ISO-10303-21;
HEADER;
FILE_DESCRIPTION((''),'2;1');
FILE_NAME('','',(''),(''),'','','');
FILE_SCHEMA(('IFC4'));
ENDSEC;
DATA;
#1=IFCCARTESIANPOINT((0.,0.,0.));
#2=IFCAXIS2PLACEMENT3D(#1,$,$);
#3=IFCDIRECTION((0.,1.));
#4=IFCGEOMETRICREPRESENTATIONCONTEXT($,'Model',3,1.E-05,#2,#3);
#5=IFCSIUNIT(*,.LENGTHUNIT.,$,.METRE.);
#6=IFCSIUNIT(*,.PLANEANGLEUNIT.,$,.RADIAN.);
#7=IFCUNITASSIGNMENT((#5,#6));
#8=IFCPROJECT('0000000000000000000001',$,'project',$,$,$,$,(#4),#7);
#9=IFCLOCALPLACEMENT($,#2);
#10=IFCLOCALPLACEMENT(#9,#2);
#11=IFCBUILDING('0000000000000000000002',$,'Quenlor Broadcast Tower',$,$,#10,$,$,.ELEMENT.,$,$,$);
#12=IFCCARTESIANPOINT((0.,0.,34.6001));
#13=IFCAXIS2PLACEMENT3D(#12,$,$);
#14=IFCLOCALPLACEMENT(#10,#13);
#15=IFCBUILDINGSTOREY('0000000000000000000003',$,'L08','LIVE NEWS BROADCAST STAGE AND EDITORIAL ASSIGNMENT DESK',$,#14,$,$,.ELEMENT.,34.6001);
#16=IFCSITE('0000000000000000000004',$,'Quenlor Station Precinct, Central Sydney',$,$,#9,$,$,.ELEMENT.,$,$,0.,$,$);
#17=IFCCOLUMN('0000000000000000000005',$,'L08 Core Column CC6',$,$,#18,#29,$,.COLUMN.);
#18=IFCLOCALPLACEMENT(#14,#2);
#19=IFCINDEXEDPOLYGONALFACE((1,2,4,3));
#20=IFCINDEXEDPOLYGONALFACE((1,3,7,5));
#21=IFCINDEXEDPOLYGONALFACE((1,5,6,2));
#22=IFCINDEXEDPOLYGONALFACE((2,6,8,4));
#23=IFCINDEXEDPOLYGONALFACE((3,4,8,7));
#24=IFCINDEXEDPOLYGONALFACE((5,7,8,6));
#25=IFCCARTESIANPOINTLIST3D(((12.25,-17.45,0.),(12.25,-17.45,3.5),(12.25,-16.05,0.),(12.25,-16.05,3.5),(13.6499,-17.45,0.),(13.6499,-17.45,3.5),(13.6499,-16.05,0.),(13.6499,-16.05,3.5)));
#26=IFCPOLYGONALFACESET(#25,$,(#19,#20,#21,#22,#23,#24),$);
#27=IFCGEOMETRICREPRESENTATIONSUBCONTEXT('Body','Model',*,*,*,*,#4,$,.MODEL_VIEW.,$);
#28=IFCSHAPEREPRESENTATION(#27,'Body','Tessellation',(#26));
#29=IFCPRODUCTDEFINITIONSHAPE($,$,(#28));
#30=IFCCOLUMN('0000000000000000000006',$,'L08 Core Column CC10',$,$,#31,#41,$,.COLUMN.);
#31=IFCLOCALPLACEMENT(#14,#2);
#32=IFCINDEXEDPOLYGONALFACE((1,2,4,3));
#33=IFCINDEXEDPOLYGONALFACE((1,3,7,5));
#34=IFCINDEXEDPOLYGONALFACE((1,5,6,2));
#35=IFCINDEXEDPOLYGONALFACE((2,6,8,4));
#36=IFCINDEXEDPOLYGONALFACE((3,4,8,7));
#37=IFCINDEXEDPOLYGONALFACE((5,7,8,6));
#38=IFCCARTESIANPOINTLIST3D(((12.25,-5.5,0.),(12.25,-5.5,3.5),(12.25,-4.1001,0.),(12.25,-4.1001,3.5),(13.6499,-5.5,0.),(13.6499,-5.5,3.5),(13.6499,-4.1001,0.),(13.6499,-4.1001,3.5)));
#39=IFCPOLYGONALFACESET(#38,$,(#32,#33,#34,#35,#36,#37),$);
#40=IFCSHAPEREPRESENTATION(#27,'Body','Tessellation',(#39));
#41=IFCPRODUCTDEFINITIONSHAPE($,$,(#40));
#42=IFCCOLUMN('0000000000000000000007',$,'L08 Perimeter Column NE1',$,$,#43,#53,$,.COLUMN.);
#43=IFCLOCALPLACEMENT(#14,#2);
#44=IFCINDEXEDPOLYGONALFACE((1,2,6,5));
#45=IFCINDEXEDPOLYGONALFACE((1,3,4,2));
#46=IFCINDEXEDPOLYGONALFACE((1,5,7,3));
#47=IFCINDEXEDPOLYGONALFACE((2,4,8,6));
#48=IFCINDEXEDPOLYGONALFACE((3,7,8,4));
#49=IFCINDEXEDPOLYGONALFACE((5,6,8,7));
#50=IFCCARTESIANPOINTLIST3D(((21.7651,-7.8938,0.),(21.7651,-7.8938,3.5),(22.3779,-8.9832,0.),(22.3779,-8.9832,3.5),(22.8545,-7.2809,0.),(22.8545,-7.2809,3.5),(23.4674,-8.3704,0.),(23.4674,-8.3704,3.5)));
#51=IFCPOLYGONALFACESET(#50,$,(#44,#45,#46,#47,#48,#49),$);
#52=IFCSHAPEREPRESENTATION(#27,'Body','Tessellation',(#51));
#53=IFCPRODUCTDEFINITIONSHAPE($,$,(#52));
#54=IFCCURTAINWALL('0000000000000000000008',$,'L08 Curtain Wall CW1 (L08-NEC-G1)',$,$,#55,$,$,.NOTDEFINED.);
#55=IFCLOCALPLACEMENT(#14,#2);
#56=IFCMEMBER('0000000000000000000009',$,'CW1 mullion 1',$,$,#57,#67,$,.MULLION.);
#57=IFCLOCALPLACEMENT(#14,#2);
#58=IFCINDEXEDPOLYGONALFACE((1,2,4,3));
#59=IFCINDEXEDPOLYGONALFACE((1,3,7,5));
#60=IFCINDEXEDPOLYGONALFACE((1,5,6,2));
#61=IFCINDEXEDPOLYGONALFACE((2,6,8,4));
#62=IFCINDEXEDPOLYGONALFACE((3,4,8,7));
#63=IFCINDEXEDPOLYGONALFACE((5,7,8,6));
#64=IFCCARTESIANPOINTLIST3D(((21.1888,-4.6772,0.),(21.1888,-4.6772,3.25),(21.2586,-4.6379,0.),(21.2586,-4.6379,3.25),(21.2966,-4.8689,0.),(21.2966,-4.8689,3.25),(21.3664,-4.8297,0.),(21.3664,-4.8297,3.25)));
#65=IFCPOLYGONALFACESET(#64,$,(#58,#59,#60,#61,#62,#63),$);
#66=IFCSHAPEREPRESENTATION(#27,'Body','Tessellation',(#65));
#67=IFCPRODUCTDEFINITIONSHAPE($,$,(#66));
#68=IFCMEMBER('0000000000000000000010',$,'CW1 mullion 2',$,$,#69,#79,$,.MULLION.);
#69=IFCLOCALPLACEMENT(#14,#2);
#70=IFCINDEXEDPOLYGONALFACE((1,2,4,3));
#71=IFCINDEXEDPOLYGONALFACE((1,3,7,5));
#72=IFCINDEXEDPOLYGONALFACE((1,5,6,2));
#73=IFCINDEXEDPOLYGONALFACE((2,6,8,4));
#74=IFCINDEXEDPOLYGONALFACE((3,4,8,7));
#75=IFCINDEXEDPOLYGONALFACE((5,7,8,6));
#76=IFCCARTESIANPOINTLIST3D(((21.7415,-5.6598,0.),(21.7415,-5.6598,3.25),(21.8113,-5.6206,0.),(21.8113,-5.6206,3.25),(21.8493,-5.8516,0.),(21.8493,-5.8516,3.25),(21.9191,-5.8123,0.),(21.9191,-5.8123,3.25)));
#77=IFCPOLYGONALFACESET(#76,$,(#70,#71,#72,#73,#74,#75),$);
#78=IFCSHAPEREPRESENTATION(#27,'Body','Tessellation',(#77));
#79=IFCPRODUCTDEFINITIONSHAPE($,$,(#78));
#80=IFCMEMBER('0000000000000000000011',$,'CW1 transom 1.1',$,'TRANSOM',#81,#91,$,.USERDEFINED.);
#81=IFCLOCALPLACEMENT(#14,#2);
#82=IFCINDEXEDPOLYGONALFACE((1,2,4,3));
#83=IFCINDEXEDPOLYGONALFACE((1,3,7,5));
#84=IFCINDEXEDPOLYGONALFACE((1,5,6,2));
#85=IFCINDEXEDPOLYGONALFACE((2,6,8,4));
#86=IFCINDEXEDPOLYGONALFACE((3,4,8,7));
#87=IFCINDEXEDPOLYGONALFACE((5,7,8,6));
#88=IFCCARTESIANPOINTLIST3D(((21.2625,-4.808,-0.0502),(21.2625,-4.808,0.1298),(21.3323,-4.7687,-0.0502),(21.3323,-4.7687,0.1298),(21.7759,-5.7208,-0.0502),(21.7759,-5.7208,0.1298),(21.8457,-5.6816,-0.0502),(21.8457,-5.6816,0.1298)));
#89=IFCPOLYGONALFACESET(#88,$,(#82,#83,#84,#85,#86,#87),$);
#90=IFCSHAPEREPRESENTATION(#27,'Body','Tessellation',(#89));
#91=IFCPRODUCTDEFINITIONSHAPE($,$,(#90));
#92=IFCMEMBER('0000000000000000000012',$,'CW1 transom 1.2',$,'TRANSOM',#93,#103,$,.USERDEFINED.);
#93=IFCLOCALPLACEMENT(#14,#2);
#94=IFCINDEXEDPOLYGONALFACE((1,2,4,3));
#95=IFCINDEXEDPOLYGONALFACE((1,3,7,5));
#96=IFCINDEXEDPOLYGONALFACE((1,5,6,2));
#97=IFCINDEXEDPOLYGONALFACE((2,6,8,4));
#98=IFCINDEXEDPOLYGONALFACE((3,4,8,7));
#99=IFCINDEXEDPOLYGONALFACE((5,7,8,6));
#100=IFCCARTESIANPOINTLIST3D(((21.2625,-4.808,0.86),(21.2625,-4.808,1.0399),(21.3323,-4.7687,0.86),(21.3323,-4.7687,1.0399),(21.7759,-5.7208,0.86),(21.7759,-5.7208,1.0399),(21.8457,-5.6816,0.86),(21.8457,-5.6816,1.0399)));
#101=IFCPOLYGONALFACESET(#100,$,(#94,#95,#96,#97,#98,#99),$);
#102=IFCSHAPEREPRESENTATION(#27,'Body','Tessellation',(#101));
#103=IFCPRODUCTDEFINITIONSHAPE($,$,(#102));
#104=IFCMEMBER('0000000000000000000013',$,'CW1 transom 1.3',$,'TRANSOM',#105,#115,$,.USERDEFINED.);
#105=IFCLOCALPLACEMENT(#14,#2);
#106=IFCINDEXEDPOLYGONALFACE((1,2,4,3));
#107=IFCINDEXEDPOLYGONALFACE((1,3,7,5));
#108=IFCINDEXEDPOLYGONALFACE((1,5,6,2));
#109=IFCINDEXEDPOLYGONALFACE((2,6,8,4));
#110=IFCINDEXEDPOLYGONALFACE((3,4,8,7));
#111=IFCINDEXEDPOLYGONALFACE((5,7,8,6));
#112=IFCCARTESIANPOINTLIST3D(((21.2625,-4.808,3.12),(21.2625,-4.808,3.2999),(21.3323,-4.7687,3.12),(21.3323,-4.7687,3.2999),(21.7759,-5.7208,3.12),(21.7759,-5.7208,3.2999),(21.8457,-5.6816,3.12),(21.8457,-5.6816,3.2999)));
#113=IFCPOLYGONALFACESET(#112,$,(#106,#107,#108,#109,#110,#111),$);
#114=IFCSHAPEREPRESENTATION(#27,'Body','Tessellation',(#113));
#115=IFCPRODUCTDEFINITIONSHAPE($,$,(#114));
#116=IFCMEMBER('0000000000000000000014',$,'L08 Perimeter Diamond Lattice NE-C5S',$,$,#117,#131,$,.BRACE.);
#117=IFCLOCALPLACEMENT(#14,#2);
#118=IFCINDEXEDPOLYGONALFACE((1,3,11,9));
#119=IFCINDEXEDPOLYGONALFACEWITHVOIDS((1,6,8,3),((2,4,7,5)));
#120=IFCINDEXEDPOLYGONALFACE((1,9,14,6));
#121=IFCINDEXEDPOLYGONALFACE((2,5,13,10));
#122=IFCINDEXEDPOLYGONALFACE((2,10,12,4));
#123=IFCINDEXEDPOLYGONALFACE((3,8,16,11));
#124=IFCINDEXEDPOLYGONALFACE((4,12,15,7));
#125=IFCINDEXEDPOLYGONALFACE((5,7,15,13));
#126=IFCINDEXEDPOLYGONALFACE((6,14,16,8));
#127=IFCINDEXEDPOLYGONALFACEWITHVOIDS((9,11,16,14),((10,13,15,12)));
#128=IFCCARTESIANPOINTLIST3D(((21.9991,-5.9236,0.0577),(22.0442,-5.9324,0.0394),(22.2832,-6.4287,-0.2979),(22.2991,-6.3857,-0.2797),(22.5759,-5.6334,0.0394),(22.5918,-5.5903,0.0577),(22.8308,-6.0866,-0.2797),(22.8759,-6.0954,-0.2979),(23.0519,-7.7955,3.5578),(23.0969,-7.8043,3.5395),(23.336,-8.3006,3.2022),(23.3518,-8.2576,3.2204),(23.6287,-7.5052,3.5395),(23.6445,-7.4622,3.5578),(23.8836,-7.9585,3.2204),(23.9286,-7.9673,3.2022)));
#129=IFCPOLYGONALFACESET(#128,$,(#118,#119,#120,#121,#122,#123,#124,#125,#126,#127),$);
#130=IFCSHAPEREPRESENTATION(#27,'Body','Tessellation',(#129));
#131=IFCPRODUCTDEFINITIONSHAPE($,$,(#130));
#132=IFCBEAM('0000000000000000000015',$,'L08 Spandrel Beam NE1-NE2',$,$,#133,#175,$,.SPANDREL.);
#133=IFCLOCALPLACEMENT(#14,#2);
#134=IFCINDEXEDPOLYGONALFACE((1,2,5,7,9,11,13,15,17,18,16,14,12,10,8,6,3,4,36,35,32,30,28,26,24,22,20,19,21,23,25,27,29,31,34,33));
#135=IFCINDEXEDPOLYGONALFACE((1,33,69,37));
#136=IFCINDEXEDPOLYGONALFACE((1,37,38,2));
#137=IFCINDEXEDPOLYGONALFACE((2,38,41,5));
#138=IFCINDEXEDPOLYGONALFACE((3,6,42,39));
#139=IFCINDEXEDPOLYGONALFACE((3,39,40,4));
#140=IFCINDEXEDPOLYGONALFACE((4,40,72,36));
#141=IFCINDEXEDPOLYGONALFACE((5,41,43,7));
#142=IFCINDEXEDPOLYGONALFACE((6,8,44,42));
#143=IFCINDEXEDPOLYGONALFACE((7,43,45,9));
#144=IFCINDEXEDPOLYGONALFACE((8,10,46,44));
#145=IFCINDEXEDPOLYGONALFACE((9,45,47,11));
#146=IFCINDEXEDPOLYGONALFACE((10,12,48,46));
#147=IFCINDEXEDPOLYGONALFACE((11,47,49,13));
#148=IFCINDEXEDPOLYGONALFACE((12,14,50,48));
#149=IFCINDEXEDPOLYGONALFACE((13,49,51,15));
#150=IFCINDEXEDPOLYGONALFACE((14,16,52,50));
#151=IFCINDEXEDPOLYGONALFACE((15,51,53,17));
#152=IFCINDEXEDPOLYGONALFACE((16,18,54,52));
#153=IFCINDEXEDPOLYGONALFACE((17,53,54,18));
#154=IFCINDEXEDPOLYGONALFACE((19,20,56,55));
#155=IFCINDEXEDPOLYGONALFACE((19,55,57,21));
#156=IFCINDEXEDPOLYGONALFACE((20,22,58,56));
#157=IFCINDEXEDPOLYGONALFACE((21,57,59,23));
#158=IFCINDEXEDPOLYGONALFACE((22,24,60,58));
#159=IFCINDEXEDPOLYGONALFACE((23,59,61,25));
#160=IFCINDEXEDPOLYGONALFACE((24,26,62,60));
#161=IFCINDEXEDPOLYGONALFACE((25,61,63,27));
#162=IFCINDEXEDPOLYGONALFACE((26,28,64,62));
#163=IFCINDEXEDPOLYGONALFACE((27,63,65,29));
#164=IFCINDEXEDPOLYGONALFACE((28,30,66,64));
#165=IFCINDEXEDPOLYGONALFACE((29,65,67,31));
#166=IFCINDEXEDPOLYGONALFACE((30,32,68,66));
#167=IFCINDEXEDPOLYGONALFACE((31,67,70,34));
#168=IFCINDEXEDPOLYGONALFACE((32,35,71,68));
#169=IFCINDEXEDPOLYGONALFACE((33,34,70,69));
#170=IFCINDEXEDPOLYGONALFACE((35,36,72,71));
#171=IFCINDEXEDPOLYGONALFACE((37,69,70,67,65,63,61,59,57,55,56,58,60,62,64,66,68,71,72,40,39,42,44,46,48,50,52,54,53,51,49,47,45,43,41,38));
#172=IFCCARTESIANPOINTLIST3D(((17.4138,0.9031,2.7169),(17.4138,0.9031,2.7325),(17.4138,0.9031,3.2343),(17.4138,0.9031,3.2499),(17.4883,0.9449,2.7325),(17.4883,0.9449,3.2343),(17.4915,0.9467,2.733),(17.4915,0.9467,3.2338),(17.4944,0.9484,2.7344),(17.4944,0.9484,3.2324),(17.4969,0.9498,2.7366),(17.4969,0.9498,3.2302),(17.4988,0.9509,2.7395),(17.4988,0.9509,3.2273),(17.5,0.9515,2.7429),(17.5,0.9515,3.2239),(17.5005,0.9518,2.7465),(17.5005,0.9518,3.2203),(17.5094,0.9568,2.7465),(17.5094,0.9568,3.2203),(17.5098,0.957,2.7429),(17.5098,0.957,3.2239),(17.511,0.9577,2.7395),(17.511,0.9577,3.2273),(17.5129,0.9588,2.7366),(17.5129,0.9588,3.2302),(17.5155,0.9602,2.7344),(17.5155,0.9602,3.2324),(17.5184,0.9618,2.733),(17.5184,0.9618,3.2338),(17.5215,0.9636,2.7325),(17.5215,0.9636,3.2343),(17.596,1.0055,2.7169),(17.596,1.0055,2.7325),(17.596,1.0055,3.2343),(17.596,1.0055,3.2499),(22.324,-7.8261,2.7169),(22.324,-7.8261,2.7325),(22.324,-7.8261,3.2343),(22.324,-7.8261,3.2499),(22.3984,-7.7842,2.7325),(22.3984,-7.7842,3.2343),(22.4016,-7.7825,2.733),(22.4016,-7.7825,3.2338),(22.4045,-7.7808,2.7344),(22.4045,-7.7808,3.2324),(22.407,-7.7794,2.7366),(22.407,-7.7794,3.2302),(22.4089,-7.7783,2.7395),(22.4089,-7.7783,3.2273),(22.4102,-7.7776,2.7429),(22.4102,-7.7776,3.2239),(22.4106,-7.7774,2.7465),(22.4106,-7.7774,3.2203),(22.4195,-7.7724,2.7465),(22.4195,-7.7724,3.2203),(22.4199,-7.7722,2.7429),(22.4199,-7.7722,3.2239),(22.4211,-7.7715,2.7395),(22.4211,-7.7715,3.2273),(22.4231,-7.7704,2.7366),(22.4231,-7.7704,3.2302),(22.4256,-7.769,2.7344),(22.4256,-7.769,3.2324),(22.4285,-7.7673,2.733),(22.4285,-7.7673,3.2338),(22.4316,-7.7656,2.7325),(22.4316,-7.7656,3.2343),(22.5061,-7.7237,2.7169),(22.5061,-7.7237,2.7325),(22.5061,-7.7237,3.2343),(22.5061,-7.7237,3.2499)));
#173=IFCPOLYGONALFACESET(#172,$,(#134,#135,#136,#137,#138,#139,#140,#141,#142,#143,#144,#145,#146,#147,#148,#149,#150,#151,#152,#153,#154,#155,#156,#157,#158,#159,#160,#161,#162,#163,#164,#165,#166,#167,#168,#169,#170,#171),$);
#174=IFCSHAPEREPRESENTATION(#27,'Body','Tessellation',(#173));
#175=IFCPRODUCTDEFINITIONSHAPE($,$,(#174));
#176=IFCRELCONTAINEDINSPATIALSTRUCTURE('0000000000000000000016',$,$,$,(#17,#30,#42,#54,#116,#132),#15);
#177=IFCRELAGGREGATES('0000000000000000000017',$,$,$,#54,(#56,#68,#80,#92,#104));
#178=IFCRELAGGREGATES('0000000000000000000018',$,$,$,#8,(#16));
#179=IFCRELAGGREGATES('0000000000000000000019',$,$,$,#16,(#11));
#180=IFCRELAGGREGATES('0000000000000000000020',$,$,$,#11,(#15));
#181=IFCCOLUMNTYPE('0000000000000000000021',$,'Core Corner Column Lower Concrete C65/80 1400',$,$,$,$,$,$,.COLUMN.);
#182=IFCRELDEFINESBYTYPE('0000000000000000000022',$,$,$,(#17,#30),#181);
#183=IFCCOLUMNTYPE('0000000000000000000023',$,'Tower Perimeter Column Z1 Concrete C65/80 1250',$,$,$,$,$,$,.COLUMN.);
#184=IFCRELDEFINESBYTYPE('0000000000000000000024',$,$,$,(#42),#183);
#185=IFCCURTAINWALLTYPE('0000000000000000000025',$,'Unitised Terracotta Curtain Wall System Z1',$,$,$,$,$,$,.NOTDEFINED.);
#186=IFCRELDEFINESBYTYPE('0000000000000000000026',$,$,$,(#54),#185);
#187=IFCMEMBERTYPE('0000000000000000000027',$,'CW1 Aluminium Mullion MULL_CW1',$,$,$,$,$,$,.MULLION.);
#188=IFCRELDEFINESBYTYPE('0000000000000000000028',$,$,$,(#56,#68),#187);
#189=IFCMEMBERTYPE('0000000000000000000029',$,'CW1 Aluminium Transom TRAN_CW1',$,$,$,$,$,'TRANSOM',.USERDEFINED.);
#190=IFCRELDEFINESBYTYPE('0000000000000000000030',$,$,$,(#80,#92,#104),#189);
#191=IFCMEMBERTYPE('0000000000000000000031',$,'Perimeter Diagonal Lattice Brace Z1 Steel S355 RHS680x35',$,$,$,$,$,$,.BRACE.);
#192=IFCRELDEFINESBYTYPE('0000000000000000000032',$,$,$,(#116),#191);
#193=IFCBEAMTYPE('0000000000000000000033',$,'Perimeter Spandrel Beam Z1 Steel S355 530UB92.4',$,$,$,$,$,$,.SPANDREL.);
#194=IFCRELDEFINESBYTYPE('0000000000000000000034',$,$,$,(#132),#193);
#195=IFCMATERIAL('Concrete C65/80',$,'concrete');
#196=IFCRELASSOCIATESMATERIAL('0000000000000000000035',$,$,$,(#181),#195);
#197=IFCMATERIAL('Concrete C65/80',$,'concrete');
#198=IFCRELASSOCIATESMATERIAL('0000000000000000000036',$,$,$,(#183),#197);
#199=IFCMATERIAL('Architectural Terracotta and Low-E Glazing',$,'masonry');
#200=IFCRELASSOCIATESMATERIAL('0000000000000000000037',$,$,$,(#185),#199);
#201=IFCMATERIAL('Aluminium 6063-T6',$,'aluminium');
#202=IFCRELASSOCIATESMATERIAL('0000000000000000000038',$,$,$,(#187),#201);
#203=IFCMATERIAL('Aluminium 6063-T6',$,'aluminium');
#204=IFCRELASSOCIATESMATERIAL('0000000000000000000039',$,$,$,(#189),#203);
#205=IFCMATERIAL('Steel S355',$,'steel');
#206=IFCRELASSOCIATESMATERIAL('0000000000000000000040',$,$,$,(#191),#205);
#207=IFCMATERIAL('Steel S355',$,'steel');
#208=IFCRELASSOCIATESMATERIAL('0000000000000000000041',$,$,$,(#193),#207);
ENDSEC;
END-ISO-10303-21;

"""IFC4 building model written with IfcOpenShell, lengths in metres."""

from ifc_helpers import new_model, si_unit, direction, frame, origin, origin_2d, place, context, subcontext, project, spatial, rectangle, hollow_rectangle, i_section, extrude, material, material_profile, profile_set, type_object, element, aggregate, save


model = new_model("IFC4")

# Units and contexts
model_context = context("Model", 3, precision=1e-05, world=origin(), true_north=direction((0.0, 1.0)))
body_context = subcontext(model_context, "Body", "Model", "MODEL_VIEW")
ifc_project = project(units=[si_unit("LENGTHUNIT", "METRE"), si_unit("PLANEANGLEUNIT", "RADIAN")], contexts=[model_context])

# Site, building, storey
site_placement = place(None, origin())
site = spatial("IfcSite", under=ifc_project, at=site_placement, Name="Quenlor Station Precinct, Central Sydney", CompositionType="ELEMENT", RefElevation=0.0)
building_placement = place(site_placement, origin())
building = spatial("IfcBuilding", under=site, at=building_placement, Name="Quenlor Broadcast Tower", CompositionType="ELEMENT")
storey_placement = place(building_placement, frame((0.0, 0.0, 34.6001)))
storey = spatial("IfcBuildingStorey", under=building, at=storey_placement, Name="L08", Description="LIVE NEWS BROADCAST STAGE AND EDITORIAL ASSIGNMENT DESK", CompositionType="ELEMENT", Elevation=34.6001)

# Columns
ifc_material_1 = material(Name="Concrete C65/80", Category="concrete")
ifc_material_profile_1 = material_profile(ifc_material_1, rectangle(XDim=1.3999, YDim=1.3999, at=origin_2d()))
ifc_profile_set_1 = profile_set([ifc_material_profile_1], Name="Concrete C65/80 RC1400x1400")
column_type_1 = type_object("IfcColumnType", Name="Core Corner Column Lower Concrete C65/80 1400", PredefinedType="COLUMN", material=ifc_profile_set_1)
for number, where, z_axis, x_axis, name in (
    (1, (12.95, -16.75, 0.0), (0.0, 0.0, 1.0), (1.0, 0.0, 0.0), "L08 Core Column CC6"),
    (2, (12.95, -4.8, 0.0), (0.0, 0.0, 1.0), (1.0, 0.0, 0.0), "L08 Core Column CC10"),
):
    element("IfcColumn", number, at=place(storey_placement, frame(where, z_axis=z_axis, x_axis=x_axis)), inside=storey, type_object=column_type_1, Name=name, PredefinedType="COLUMN", context=body_context, shape_type="SweptSolid", body=[
        extrude(rectangle(XDim=1.3999, YDim=1.3999, at=origin_2d()), origin(), (0.0, 0.0, 1.0), 3.5),
    ])
ifc_material_2 = material(Name="Concrete C65/80", Category="concrete")
ifc_material_profile_2 = material_profile(ifc_material_2, rectangle(XDim=1.25, YDim=1.25, at=origin_2d()))
ifc_profile_set_2 = profile_set([ifc_material_profile_2], Name="Concrete C65/80 RC1250x1250")
column_type_2 = type_object("IfcColumnType", Name="Tower Perimeter Column Z1 Concrete C65/80 1250", PredefinedType="COLUMN", material=ifc_profile_set_2)
column_placement = place(storey_placement, frame((22.6162, -8.1321, 0.0), z_axis=(0.0, 0.0, 1.0), x_axis=(0.871575, 0.490262, 0.0)))
element("IfcColumn", 3, at=column_placement, inside=storey, type_object=column_type_2, Name="L08 Perimeter Column NE1", PredefinedType="COLUMN", context=body_context, shape_type="SweptSolid", body=[
    extrude(rectangle(XDim=1.25, YDim=1.25, at=origin_2d()), origin(), (0.0, 0.0, 1.0), 3.5),
])

# Curtain wall, members
ifc_material_3 = material(Name="Architectural Terracotta and Low-E Glazing", Category="masonry")
curtain_wall_type = type_object("IfcCurtainWallType", Name="Unitised Terracotta Curtain Wall System Z1", PredefinedType="NOTDEFINED", material=ifc_material_3)
curtain_wall_placement = place(storey_placement, origin())
curtain_wall = element("IfcCurtainWall", 4, at=curtain_wall_placement, inside=storey, type_object=curtain_wall_type, Name="L08 Curtain Wall CW1 (L08-NEC-G1)", PredefinedType="NOTDEFINED")
ifc_material_4 = material(Name="Aluminium 6063-T6", Category="aluminium")
ifc_material_profile_3 = material_profile(ifc_material_4, rectangle(XDim=0.0801, YDim=0.22, at=origin_2d()))
ifc_profile_set_3 = profile_set([ifc_material_profile_3], Name="Aluminium 6063-T6 MULL80x220")
member_type_1 = type_object("IfcMemberType", Name="CW1 Aluminium Mullion MULL_CW1", PredefinedType="MULLION", material=ifc_profile_set_3)
member_1_placement = place(storey_placement, frame((21.2776, -4.7534, 0.0), z_axis=(0.0, 0.0, 1.0), x_axis=(0.871602, 0.490214, 0.0)))
member_1 = element("IfcMember", 5, at=member_1_placement, type_object=member_type_1, Name="CW1 mullion 1", PredefinedType="MULLION", context=body_context, shape_type="SweptSolid", body=[
    extrude(rectangle(XDim=0.0801, YDim=0.22, at=origin_2d()), origin(), (0.0, 0.0, 1.0), 3.25),
])
member_2_placement = place(storey_placement, frame((21.8303, -5.7361, 0.0), z_axis=(0.0, 0.0, 1.0), x_axis=(0.871602, 0.490214, 0.0)))
member_2 = element("IfcMember", 6, at=member_2_placement, type_object=member_type_1, Name="CW1 mullion 2", PredefinedType="MULLION", context=body_context, shape_type="SweptSolid", body=[
    extrude(rectangle(XDim=0.0801, YDim=0.22, at=origin_2d()), origin(), (0.0, 0.0, 1.0), 3.25),
])
ifc_material_5 = material(Name="Aluminium 6063-T6", Category="aluminium")
ifc_material_profile_4 = material_profile(ifc_material_5, rectangle(XDim=0.0801, YDim=0.1799, at=origin_2d()))
ifc_profile_set_4 = profile_set([ifc_material_profile_4], Name="Aluminium 6063-T6 TRAN80x180")
member_type_2 = type_object("IfcMemberType", Name="CW1 Aluminium Transom TRAN_CW1", ElementType="TRANSOM", PredefinedType="USERDEFINED", material=ifc_profile_set_4)
member_3_placement = place(storey_placement, frame((21.2974, -4.7883, 0.0398), z_axis=(0.490228, -0.871594, 0.0), x_axis=(0.871594, 0.490228, 0.0)))
member_3 = element("IfcMember", 7, at=member_3_placement, type_object=member_type_2, Name="CW1 transom 1.1", ObjectType="TRANSOM", PredefinedType="USERDEFINED", context=body_context, shape_type="SweptSolid", body=[
    extrude(rectangle(XDim=0.0801, YDim=0.1799, at=origin_2d()), origin(), (0.0, 0.0, 1.0), 1.0474),
])
member_4_placement = place(storey_placement, frame((21.2974, -4.7883, 0.95), z_axis=(0.490228, -0.871594, 0.0), x_axis=(0.871594, 0.490228, 0.0)))
member_4 = element("IfcMember", 8, at=member_4_placement, type_object=member_type_2, Name="CW1 transom 1.2", ObjectType="TRANSOM", PredefinedType="USERDEFINED", context=body_context, shape_type="SweptSolid", body=[
    extrude(rectangle(XDim=0.0801, YDim=0.1799, at=origin_2d()), origin(), (0.0, 0.0, 1.0), 1.0474),
])
member_5_placement = place(storey_placement, frame((21.2974, -4.7883, 3.21), z_axis=(0.490228, -0.871594, 0.0), x_axis=(0.871594, 0.490228, 0.0)))
member_5 = element("IfcMember", 9, at=member_5_placement, type_object=member_type_2, Name="CW1 transom 1.3", ObjectType="TRANSOM", PredefinedType="USERDEFINED", context=body_context, shape_type="SweptSolid", body=[
    extrude(rectangle(XDim=0.0801, YDim=0.1799, at=origin_2d()), origin(), (0.0, 0.0, 1.0), 1.0474),
])

# Member
ifc_material_6 = material(Name="Steel S355", Category="steel")
ifc_material_profile_5 = material_profile(ifc_material_6, hollow_rectangle(XDim=0.6799, YDim=0.6799, WallThickness=0.0349, at=origin_2d()))
ifc_profile_set_5 = profile_set([ifc_material_profile_5], Name="Steel S355 RHS680x680x35")
member_type_3 = type_object("IfcMemberType", Name="Perimeter Diagonal Lattice Brace Z1 Steel S355 RHS680x35", PredefinedType="BRACE", material=ifc_profile_set_5)
member_6_placement = place(storey_placement, frame((22.4375, -6.0095, -0.1201), z_axis=(0.256368, -0.455839, 0.852342), x_axis=(0.871609, 0.490202, 0.0)))
element("IfcMember", 10, at=member_6_placement, inside=storey, type_object=member_type_3, Name="L08 Perimeter Diamond Lattice NE-C5S", PredefinedType="BRACE", context=body_context, shape_type="SweptSolid", body=[
    extrude(hollow_rectangle(XDim=0.6799, YDim=0.6799, WallThickness=0.0349, at=origin_2d()), origin(), (0.0, 0.0, 1.0), 4.1064),
])

# Beam
ifc_material_7 = material(Name="Steel S355", Category="steel")
ifc_material_profile_6 = material_profile(ifc_material_7, i_section(OverallWidth=0.209, OverallDepth=0.533, WebThickness=0.0103, FlangeThickness=0.0156, FilletRadius=0.0139, at=origin_2d()))
ifc_profile_set_6 = profile_set([ifc_material_profile_6], Name="Steel S355 530UB92.4")
beam_type_1 = type_object("IfcBeamType", Name="Perimeter Spandrel Beam Z1 Steel S355 530UB92.4", PredefinedType="SPANDREL", material=ifc_profile_set_6)
beam_1_placement = place(storey_placement, frame((22.415, -7.7749, 2.9834), z_axis=(-0.490258, 0.871577, 0.0), x_axis=(-0.871577, -0.490258, 0.0)))
element("IfcBeam", 11, at=beam_1_placement, inside=storey, type_object=beam_type_1, Name="L08 Spandrel Beam NE1-NE2", PredefinedType="SPANDREL", context=body_context, shape_type="SweptSolid", body=[
    extrude(i_section(OverallWidth=0.209, OverallDepth=0.533, WebThickness=0.0103, FlangeThickness=0.0156, FilletRadius=0.0139, at=origin_2d()), origin(), (0.0, 0.0, 1.0), 10.0154),
])

aggregate(curtain_wall, [member_1, member_2, member_3, member_4, member_5])

save(model, "model.ifc")
